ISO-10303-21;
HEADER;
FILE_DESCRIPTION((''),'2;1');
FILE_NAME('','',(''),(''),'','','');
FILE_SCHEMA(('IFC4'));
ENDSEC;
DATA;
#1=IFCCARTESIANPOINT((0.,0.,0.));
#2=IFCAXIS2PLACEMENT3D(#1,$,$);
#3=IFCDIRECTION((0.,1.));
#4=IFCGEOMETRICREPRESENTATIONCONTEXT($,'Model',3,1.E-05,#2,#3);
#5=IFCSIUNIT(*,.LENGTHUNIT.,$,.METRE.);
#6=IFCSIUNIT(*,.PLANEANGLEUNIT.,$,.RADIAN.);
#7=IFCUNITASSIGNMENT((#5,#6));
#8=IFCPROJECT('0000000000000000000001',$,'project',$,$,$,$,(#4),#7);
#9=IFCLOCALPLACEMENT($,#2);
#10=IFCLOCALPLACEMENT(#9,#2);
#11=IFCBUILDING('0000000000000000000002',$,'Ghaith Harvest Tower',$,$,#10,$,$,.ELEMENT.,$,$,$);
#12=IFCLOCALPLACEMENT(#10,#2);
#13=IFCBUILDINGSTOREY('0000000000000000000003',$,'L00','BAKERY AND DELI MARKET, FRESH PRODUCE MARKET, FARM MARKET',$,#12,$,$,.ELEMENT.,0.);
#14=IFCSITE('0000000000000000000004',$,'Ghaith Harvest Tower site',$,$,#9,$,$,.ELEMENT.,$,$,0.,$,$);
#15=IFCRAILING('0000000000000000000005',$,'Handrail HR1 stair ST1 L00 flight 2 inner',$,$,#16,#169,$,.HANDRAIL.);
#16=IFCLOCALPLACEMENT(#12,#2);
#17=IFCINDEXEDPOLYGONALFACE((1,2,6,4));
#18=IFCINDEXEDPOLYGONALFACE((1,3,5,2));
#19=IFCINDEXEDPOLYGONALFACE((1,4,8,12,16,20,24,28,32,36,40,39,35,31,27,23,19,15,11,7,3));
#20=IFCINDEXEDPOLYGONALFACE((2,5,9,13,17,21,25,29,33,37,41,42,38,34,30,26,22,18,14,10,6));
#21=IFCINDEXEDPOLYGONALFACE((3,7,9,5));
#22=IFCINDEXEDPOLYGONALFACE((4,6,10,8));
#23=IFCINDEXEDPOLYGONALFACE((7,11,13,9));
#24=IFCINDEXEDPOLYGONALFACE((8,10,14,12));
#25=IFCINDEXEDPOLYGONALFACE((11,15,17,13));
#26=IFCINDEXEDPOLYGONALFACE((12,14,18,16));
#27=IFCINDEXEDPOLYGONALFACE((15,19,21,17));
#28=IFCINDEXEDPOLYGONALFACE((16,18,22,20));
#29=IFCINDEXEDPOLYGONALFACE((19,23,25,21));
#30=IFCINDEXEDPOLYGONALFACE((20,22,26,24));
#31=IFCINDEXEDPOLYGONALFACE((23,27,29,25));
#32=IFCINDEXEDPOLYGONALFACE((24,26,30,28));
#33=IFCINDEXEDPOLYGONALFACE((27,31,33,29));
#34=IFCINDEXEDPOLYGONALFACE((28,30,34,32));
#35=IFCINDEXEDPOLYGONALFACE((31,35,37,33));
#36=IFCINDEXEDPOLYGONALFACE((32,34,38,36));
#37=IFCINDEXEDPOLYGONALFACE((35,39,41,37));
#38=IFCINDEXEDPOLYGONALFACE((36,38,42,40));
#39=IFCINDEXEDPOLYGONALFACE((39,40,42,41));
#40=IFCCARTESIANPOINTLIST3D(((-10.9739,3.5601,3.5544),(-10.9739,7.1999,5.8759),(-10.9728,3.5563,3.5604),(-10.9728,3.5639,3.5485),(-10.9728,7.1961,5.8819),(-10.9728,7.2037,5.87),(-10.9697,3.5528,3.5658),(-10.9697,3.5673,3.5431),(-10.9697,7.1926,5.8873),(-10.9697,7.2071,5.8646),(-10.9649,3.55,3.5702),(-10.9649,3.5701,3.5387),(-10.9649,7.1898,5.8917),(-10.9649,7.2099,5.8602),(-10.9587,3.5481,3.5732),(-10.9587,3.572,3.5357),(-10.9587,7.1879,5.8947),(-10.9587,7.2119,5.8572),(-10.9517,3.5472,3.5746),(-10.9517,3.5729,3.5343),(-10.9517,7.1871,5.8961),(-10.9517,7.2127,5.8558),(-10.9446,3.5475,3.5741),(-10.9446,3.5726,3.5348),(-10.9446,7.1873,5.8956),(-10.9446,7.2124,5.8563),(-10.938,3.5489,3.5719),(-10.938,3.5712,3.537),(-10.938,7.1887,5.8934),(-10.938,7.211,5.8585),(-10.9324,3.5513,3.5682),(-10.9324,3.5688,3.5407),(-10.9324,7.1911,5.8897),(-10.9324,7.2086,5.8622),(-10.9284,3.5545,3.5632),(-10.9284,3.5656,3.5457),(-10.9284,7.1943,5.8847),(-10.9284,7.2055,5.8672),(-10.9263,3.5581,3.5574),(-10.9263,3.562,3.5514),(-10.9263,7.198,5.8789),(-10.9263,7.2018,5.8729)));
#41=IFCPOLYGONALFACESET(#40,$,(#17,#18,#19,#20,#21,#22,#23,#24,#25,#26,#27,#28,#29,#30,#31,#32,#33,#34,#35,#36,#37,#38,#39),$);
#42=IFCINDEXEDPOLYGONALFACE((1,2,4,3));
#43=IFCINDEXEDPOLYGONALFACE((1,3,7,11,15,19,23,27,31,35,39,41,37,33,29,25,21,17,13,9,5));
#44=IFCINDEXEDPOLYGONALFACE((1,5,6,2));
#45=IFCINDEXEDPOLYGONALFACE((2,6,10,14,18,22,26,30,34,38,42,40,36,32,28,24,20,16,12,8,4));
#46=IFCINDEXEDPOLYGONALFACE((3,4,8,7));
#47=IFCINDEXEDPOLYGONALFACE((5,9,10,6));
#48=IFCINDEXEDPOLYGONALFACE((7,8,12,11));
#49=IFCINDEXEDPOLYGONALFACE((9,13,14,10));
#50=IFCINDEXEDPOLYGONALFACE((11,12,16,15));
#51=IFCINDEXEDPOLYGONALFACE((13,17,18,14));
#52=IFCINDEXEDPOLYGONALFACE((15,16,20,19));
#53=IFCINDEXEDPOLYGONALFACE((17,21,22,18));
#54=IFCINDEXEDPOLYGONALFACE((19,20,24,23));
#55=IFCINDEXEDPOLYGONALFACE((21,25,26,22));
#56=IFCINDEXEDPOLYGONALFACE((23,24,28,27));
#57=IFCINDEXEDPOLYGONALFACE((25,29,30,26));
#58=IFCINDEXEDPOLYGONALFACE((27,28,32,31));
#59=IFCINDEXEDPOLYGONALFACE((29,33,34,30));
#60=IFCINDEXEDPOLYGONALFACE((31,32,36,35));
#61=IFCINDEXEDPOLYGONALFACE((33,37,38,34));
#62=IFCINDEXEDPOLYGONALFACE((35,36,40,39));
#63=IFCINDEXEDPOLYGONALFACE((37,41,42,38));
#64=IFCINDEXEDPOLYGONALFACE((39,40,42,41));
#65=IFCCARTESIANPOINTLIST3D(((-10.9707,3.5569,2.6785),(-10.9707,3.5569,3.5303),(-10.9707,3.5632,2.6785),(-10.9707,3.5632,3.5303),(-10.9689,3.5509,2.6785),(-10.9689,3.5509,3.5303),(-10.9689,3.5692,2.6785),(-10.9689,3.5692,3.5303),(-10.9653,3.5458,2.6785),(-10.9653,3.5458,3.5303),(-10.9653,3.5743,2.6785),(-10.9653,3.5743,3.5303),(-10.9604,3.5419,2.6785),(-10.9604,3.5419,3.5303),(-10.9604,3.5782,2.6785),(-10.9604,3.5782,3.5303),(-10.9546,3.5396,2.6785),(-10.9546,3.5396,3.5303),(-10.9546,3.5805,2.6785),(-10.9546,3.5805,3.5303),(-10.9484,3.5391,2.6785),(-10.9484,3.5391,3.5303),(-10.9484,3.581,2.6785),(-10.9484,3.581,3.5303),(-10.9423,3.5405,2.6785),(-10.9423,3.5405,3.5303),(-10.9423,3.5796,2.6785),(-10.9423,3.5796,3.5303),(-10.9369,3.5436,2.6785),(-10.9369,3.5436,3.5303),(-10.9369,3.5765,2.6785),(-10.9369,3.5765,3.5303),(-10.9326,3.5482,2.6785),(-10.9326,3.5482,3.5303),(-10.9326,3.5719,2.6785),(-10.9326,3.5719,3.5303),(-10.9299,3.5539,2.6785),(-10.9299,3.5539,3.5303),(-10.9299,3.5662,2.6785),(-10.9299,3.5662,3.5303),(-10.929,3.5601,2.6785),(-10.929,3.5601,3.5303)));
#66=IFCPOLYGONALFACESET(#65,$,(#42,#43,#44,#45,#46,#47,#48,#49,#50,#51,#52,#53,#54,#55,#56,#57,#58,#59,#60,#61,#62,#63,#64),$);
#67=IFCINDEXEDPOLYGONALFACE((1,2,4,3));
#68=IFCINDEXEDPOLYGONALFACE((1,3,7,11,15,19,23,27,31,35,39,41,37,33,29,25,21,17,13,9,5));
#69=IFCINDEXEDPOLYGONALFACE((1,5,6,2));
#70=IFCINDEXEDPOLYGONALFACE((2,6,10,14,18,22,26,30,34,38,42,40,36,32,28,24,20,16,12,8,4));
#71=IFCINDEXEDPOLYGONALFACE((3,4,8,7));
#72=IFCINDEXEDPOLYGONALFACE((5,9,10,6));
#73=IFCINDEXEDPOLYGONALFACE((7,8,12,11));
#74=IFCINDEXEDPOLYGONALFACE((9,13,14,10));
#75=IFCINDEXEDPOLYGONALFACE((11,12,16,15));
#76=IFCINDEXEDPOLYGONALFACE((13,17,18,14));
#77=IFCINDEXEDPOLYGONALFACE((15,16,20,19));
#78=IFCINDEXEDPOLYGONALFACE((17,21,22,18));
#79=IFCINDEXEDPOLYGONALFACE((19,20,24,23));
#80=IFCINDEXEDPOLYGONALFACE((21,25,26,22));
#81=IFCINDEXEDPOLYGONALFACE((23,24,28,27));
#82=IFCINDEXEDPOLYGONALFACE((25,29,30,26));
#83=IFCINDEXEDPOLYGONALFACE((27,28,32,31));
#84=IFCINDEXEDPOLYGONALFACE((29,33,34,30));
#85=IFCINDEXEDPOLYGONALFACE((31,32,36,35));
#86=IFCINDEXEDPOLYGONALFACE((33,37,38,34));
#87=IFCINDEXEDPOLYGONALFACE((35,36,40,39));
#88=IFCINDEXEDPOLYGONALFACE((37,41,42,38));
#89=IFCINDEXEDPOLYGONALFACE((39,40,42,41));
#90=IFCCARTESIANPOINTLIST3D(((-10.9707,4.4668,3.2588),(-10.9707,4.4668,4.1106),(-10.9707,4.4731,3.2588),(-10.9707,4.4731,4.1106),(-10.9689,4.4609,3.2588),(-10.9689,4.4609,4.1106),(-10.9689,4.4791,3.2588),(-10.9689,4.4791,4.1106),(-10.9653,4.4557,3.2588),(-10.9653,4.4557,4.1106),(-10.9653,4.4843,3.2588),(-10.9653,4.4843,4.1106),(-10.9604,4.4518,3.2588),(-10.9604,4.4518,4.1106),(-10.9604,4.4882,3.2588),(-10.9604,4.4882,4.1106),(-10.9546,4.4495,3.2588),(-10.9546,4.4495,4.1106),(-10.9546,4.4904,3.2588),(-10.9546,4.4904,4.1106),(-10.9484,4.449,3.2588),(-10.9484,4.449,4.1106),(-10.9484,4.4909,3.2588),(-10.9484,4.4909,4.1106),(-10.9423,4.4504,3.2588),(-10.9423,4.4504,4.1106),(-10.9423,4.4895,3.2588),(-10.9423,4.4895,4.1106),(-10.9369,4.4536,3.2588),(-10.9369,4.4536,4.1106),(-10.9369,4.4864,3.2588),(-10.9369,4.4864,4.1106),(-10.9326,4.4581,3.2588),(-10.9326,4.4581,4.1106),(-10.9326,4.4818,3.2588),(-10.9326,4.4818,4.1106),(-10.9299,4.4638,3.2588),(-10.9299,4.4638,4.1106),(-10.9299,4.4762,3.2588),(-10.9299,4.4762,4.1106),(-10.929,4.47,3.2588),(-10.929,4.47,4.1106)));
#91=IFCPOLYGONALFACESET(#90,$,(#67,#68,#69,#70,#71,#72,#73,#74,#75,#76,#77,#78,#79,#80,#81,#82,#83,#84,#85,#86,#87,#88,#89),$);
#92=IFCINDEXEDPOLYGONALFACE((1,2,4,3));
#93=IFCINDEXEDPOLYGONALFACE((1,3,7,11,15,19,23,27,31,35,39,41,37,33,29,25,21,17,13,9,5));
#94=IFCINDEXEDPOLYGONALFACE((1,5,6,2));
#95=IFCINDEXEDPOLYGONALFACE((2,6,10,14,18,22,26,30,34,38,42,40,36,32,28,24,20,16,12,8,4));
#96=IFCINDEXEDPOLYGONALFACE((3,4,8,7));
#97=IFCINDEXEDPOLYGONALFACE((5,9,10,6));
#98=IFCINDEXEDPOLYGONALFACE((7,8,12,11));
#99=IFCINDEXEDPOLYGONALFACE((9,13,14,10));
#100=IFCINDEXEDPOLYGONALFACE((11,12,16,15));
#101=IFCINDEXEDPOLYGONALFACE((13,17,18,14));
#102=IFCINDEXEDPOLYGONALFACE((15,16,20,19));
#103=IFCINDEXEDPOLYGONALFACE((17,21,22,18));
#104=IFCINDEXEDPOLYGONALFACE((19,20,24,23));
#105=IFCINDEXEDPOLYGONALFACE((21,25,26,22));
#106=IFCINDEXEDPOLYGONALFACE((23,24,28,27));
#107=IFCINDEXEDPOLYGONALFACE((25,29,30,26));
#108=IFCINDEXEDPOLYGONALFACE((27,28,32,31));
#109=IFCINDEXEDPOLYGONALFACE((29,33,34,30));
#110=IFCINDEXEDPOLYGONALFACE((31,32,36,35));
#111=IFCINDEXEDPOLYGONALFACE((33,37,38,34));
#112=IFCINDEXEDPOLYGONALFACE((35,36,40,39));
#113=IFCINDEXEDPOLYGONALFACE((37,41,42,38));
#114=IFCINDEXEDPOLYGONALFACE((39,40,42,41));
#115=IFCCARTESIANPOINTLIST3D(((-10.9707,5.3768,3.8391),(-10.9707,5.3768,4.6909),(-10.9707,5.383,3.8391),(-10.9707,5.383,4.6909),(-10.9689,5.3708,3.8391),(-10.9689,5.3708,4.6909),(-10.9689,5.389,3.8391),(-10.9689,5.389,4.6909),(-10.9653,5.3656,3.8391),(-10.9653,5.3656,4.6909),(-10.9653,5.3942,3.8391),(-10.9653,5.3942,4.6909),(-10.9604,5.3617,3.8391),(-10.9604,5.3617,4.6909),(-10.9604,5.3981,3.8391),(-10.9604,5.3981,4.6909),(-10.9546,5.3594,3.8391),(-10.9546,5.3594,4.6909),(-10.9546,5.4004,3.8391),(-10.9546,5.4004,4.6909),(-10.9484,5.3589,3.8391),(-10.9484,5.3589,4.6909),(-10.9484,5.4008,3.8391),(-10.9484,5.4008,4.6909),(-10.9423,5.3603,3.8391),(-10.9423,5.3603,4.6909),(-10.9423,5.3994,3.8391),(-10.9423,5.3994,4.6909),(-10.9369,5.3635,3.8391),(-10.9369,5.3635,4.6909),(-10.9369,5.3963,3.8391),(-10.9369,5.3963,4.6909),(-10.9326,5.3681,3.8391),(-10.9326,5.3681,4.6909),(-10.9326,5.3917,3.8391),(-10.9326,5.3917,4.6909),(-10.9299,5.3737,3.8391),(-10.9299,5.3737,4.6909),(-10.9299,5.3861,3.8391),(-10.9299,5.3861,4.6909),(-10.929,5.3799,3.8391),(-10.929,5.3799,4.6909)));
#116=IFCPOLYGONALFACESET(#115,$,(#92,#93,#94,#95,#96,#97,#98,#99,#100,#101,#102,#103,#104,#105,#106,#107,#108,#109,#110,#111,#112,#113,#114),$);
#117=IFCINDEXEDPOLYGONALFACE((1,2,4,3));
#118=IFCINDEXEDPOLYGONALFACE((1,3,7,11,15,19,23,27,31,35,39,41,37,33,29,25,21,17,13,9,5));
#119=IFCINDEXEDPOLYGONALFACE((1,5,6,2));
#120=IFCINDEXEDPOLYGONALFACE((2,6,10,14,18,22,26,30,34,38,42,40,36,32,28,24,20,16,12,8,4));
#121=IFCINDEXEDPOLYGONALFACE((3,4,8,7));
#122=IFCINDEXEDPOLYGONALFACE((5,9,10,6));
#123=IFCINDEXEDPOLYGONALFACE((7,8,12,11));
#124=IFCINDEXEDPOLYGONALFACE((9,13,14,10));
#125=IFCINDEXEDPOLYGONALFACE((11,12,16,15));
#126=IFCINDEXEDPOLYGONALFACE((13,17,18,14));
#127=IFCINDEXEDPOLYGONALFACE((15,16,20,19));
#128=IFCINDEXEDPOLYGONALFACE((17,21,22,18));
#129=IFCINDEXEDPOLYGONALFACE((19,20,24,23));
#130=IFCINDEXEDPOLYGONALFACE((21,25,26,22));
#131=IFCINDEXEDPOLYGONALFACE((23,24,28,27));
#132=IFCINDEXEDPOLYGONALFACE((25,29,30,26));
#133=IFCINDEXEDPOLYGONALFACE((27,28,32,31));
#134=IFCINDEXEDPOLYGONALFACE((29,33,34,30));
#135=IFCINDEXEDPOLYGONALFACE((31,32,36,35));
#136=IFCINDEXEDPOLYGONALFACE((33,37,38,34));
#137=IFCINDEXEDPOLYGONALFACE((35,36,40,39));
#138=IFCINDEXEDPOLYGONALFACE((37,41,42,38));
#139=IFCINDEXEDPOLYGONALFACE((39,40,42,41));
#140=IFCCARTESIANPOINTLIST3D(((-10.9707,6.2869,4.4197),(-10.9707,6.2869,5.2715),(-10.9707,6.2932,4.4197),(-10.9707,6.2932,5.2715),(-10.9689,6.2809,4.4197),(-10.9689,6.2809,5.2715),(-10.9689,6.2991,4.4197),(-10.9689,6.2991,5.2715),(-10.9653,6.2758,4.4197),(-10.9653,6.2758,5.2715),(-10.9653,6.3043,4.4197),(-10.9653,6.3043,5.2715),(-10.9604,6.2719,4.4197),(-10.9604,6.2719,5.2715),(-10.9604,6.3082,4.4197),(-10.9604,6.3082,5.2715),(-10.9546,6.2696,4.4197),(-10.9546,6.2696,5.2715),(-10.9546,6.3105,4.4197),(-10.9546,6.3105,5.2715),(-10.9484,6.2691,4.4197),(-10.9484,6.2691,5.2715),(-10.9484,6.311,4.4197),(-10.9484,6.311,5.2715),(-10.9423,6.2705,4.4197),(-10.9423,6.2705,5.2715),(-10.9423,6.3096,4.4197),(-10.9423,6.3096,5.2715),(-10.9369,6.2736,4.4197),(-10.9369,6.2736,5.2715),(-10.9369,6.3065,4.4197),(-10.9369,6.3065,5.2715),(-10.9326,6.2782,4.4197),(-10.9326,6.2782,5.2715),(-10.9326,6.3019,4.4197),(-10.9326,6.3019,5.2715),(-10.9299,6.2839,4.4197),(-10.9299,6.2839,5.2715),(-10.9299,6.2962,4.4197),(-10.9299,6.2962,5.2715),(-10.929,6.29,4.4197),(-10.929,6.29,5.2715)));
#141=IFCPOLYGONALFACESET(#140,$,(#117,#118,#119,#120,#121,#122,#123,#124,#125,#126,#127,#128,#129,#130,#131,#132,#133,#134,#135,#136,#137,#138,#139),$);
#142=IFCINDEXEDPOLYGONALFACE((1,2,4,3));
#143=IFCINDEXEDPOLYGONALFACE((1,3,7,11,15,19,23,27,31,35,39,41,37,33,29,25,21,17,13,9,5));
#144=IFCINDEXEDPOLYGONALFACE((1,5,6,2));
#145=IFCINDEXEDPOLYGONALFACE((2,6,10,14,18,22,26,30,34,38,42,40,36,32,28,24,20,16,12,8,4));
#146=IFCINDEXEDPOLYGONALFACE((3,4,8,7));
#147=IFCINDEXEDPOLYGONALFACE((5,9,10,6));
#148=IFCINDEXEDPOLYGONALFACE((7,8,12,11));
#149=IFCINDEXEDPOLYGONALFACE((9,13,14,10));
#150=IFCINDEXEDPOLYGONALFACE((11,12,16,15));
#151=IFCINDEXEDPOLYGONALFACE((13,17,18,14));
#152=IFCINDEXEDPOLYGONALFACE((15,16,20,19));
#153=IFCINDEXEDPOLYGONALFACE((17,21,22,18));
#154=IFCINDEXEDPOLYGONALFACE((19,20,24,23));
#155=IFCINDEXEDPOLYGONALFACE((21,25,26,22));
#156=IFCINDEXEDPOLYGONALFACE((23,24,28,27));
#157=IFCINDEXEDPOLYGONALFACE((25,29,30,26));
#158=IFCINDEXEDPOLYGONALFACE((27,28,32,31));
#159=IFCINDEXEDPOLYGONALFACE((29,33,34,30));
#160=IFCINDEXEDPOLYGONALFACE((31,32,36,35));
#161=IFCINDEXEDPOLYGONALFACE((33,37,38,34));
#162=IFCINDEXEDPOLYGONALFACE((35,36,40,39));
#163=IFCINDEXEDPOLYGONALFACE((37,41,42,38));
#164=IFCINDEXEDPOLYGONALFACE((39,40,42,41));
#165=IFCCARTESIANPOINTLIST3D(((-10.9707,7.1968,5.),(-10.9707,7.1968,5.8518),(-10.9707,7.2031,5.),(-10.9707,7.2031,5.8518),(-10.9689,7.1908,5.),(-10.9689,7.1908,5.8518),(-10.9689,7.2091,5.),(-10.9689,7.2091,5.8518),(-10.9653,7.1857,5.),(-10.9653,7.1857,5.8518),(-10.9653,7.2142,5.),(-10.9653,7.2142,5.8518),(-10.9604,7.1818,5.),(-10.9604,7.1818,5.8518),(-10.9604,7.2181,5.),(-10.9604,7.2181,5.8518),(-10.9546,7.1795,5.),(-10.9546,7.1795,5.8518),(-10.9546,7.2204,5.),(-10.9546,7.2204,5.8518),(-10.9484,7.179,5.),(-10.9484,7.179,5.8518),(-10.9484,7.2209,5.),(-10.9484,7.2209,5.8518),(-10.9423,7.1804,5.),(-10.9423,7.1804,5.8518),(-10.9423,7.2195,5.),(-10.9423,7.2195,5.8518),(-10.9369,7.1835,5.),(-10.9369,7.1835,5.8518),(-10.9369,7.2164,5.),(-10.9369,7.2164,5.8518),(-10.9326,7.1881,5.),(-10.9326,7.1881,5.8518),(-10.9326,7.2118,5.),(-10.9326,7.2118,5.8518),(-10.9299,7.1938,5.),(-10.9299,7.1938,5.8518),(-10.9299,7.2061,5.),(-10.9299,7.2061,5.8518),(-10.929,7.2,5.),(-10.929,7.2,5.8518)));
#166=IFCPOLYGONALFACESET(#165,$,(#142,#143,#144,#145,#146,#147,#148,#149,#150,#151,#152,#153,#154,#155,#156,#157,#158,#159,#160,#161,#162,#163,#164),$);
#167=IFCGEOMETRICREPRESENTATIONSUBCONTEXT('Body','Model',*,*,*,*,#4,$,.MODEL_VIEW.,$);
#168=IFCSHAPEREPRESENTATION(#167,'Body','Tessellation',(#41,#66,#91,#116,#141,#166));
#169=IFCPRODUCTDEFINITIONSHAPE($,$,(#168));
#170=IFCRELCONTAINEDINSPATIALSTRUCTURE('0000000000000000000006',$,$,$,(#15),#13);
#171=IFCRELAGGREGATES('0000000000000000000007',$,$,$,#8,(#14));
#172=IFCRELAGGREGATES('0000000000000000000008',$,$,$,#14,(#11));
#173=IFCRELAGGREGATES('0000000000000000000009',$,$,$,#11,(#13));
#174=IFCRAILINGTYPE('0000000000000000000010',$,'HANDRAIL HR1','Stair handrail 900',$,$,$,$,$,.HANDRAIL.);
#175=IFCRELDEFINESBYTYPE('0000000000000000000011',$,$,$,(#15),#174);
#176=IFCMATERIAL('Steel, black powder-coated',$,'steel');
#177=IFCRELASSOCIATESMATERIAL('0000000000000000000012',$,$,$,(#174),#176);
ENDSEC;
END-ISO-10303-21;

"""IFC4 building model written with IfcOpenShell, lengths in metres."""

from ifc_helpers import new_model, si_unit, direction, frame, origin, origin_2d, place, context, subcontext, project, spatial, circle, extrude, material, type_object, element, save


model = new_model("IFC4")

# Units and contexts
model_context = context("Model", 3, precision=1e-05, world=origin(), true_north=direction((0.0, 1.0)))
body_context = subcontext(model_context, "Body", "Model", "MODEL_VIEW")
ifc_project = project(units=[si_unit("LENGTHUNIT", "METRE"), si_unit("PLANEANGLEUNIT", "RADIAN")], contexts=[model_context])

# Site, building, storey
site_placement = place(None, origin())
site = spatial("IfcSite", under=ifc_project, at=site_placement, Name="Ghaith Harvest Tower site", CompositionType="ELEMENT", RefElevation=0.0)
building_placement = place(site_placement, origin())
building = spatial("IfcBuilding", under=site, at=building_placement, Name="Ghaith Harvest Tower", CompositionType="ELEMENT")
storey_placement = place(building_placement, origin())
storey = spatial("IfcBuildingStorey", under=building, at=storey_placement, Name="L00", Description="BAKERY AND DELI MARKET, FRESH PRODUCE MARKET, FARM MARKET", CompositionType="ELEMENT", Elevation=0.0)

# Railing
ifc_material_1 = material(Name="Steel, black powder-coated", Category="steel")
railing_type = type_object("IfcRailingType", Name="HANDRAIL HR1", Description="Stair handrail 900", PredefinedType="HANDRAIL", material=ifc_material_1)
railing_1_placement = place(storey_placement, frame((-10.95, 3.5601, 2.6785)))
element("IfcRailing", 1, at=railing_1_placement, inside=storey, type_object=railing_type, Name="Handrail HR1 stair ST1 L00 flight 2 inner", PredefinedType="HANDRAIL", context=body_context, shape_type="SweptSolid", body=[
    extrude(circle(Radius=0.0239, at=origin_2d()), frame((0.0, 0.0, 0.876), z_axis=(0.0, 0.843112, 0.537739), x_axis=(-1.0, 0.0, 0.0)), (0.0, 0.0, 1.0), 4.3171),
    extrude(circle(Radius=0.021, at=origin_2d()), origin(), (0.0, 0.0, 1.0), 0.8518),
    extrude(circle(Radius=0.021, at=origin_2d()), frame((0.0, 0.9099, 0.5803)), (0.0, 0.0, 1.0), 0.8518),
    extrude(circle(Radius=0.021, at=origin_2d()), frame((0.0, 1.8198, 1.1606)), (0.0, 0.0, 1.0), 0.8518),
    extrude(circle(Radius=0.021, at=origin_2d()), frame((0.0, 2.73, 1.7412)), (0.0, 0.0, 1.0), 0.8518),
    extrude(circle(Radius=0.021, at=origin_2d()), frame((0.0, 3.6399, 2.3215)), (0.0, 0.0, 1.0), 0.8518),
])

save(model, "model.ifc")
